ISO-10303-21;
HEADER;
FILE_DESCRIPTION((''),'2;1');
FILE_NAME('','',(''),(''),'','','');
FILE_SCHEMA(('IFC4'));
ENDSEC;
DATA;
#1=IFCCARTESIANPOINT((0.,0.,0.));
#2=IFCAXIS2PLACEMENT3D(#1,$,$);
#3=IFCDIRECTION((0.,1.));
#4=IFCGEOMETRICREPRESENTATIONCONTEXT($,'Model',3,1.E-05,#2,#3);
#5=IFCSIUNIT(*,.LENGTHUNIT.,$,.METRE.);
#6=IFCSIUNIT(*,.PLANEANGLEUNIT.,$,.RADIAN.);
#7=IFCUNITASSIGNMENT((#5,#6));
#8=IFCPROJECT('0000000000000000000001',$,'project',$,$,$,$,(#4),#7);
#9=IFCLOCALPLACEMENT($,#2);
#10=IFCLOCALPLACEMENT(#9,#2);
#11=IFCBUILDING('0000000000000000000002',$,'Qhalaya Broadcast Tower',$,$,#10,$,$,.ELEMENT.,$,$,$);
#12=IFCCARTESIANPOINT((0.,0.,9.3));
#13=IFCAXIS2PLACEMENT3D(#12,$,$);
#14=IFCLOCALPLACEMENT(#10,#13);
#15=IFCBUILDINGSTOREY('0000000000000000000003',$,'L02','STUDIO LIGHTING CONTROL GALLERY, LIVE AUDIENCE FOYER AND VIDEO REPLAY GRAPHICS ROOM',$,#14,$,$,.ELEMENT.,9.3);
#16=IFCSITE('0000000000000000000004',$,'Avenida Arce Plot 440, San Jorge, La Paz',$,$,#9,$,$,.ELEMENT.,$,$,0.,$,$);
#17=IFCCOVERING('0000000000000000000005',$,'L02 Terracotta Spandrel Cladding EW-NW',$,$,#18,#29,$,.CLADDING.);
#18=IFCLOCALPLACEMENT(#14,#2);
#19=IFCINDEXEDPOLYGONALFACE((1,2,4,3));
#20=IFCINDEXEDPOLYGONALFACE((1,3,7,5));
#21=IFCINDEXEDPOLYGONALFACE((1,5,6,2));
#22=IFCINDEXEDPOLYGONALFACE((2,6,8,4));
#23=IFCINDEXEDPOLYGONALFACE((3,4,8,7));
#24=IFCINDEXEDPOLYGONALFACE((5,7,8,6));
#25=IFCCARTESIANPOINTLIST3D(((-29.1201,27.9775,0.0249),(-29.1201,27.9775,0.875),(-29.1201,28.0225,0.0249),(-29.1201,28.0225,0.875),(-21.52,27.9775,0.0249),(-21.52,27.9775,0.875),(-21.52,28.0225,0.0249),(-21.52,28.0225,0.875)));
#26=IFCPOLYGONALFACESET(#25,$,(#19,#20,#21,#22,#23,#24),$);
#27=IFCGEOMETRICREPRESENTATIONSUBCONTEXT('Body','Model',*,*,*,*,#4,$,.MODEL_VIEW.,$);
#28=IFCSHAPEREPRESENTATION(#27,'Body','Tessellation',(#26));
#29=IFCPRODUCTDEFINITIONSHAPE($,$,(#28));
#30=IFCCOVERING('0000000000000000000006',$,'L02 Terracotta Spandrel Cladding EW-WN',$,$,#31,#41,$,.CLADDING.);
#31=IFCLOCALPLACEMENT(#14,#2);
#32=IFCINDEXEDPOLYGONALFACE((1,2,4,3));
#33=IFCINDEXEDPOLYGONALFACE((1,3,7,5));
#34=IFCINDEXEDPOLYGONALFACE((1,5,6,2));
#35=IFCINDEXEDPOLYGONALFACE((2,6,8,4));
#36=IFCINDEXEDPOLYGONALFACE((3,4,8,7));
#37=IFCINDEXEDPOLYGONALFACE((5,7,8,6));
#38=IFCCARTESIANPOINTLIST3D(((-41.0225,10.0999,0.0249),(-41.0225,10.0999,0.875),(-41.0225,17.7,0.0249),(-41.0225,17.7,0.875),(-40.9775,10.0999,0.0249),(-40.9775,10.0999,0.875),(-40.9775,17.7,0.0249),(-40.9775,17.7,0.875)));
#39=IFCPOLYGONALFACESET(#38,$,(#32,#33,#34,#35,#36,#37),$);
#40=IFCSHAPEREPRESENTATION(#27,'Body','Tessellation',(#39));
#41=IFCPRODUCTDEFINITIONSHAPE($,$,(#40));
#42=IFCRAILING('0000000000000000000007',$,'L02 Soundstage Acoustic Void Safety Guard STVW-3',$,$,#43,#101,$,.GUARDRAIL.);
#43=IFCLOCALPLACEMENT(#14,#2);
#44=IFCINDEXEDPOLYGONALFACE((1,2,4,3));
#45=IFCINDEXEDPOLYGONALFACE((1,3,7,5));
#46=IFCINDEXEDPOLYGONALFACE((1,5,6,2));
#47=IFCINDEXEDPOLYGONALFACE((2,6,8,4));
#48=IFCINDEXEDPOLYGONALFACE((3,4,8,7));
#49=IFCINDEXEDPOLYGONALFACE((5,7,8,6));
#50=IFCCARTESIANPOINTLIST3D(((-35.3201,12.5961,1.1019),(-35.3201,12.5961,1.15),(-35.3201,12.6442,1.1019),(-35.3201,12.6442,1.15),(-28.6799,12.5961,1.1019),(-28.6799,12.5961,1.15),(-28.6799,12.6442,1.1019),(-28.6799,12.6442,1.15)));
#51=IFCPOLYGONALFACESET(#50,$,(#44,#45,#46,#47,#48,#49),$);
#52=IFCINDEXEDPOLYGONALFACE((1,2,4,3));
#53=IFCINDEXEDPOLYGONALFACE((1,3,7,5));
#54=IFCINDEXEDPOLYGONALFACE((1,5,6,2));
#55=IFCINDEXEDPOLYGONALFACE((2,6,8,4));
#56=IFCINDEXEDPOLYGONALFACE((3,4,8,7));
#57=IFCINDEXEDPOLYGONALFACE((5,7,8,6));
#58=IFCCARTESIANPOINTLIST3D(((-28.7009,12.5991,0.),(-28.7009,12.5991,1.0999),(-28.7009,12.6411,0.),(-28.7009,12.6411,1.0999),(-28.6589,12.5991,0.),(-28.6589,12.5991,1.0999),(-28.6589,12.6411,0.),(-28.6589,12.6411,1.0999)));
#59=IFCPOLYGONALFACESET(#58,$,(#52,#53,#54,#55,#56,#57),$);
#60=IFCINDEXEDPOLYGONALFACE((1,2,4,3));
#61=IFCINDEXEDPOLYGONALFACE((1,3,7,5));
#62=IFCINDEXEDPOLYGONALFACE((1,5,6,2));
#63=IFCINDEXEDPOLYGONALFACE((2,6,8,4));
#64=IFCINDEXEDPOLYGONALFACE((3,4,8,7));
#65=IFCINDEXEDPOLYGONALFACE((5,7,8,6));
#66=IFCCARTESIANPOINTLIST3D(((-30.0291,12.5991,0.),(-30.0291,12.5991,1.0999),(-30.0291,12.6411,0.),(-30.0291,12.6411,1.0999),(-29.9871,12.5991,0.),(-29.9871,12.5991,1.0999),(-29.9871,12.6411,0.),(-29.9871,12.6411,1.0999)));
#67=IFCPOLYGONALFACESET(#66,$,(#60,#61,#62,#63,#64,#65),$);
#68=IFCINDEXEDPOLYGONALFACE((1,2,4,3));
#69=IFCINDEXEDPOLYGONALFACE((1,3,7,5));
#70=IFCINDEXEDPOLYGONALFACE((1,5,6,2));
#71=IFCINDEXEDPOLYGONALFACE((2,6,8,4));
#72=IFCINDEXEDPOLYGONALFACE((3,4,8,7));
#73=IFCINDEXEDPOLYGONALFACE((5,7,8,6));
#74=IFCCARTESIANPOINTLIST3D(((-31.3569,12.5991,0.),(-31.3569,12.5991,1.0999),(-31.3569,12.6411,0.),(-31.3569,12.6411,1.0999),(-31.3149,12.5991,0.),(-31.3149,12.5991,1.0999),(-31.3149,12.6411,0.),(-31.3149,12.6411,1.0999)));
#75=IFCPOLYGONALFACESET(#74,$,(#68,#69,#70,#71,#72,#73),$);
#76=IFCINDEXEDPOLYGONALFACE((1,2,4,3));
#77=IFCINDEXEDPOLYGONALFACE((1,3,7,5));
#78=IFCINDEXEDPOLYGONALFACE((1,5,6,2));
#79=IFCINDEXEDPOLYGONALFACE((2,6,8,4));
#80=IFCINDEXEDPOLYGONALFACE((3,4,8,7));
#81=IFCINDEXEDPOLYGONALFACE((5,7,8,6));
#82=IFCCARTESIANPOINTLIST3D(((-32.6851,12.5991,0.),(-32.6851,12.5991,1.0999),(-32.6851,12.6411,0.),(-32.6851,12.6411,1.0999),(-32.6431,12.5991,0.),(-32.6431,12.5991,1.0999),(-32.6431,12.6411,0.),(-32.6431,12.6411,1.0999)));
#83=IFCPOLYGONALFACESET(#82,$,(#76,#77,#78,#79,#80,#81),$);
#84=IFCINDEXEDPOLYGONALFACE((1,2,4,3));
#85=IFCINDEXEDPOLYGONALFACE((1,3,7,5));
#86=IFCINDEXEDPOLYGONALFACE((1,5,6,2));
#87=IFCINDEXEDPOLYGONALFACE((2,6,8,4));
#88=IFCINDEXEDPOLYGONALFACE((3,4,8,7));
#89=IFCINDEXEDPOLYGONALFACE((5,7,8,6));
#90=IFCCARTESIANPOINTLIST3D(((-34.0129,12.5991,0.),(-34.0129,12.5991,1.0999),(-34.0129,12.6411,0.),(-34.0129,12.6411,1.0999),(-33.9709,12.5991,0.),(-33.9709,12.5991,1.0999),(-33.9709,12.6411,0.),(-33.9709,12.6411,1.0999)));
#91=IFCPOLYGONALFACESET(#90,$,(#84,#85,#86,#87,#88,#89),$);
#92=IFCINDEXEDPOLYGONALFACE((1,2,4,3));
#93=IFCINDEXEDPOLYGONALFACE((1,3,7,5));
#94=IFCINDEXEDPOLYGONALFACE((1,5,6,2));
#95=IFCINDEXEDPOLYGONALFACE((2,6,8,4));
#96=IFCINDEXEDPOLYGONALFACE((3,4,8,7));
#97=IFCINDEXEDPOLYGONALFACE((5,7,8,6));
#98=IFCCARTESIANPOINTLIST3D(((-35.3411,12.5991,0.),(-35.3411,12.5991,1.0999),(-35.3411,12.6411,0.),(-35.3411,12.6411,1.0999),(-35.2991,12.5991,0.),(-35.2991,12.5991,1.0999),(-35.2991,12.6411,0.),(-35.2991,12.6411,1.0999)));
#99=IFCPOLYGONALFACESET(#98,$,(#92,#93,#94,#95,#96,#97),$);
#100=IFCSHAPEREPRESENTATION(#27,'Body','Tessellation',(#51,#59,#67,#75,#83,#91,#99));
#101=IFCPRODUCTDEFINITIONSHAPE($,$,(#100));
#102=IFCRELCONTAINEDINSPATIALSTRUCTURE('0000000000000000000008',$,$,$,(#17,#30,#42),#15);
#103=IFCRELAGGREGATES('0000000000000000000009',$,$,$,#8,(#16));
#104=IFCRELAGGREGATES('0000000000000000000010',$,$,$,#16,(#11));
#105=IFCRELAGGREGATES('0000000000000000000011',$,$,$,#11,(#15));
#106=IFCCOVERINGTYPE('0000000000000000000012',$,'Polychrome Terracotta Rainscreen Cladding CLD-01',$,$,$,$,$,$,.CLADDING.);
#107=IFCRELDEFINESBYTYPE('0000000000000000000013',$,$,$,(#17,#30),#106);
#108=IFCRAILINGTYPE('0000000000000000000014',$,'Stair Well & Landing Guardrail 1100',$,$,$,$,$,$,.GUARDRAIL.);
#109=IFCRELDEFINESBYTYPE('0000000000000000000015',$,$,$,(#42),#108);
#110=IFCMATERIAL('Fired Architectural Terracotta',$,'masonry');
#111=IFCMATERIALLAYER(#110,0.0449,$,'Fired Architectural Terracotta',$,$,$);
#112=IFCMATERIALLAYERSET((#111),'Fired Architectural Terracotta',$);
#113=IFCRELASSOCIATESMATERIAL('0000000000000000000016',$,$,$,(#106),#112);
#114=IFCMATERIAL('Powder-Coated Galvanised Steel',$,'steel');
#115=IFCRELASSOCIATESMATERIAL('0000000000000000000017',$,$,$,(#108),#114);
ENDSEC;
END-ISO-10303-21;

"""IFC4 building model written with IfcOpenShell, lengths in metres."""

from ifc_helpers import new_model, si_unit, direction, frame, origin, origin_2d, place, context, subcontext, project, spatial, rectangle, extrude, material, layer, layer_set, type_object, element, save


model = new_model("IFC4")

# Units and contexts
model_context = context("Model", 3, precision=1e-05, world=origin(), true_north=direction((0.0, 1.0)))
body_context = subcontext(model_context, "Body", "Model", "MODEL_VIEW")
ifc_project = project(units=[si_unit("LENGTHUNIT", "METRE"), si_unit("PLANEANGLEUNIT", "RADIAN")], contexts=[model_context])

# Site, building, storey
site_placement = place(None, origin())
site = spatial("IfcSite", under=ifc_project, at=site_placement, Name="Avenida Arce Plot 440, San Jorge, La Paz", CompositionType="ELEMENT", RefElevation=0.0)
building_placement = place(site_placement, origin())
building = spatial("IfcBuilding", under=site, at=building_placement, Name="Qhalaya Broadcast Tower", CompositionType="ELEMENT")
storey_placement = place(building_placement, frame((0.0, 0.0, 9.3)))
storey = spatial("IfcBuildingStorey", under=building, at=storey_placement, Name="L02", Description="STUDIO LIGHTING CONTROL GALLERY, LIVE AUDIENCE FOYER AND VIDEO REPLAY GRAPHICS ROOM", CompositionType="ELEMENT", Elevation=9.3)

# Coverings
ifc_material_1 = material(Name="Fired Architectural Terracotta", Category="masonry")
ifc_layer_1 = layer(ifc_material_1, 0.0449, Name="Fired Architectural Terracotta")
ifc_layer_set_1 = layer_set([ifc_layer_1], Name="Fired Architectural Terracotta")
covering_type = type_object("IfcCoveringType", Name="Polychrome Terracotta Rainscreen Cladding CLD-01", PredefinedType="CLADDING", material=ifc_layer_set_1)
for number, where, z_axis, x_axis, name in (
    (1, (-25.3201, 28.0, 0.0249), (0.0, 0.0, 1.0), (1.0, 0.0, 0.0), "L02 Terracotta Spandrel Cladding EW-NW"),
    (2, (-41.0, 13.8999, 0.0249), (0.0, 0.0, 1.0), (0.0, 1.0, 0.0), "L02 Terracotta Spandrel Cladding EW-WN"),
):
    element("IfcCovering", number, at=place(storey_placement, frame(where, z_axis=z_axis, x_axis=x_axis)), inside=storey, type_object=covering_type, Name=name, PredefinedType="CLADDING", context=body_context, shape_type="SweptSolid", body=[
        extrude(rectangle(XDim=7.6001, YDim=0.0449, at=origin_2d()), origin(), (0.0, 0.0, 1.0), 0.8501),
    ])

# Railing
ifc_material_2 = material(Name="Powder-Coated Galvanised Steel", Category="steel")
railing_type = type_object("IfcRailingType", Name="Stair Well & Landing Guardrail 1100", PredefinedType="GUARDRAIL", material=ifc_material_2)
railing_placement = place(storey_placement, frame((-28.6799, 12.6201, 0.0)))
element("IfcRailing", 3, at=railing_placement, inside=storey, type_object=railing_type, Name="L02 Soundstage Acoustic Void Safety Guard STVW-3", PredefinedType="GUARDRAIL", context=body_context, shape_type="SweptSolid", body=[
    extrude(rectangle(XDim=0.0481, YDim=0.0481, at=origin_2d()), frame((0.0, 0.0, 1.126), z_axis=(-1.0, 0.0, 0.0), x_axis=(0.0, -1.0, 0.0)), (0.0, 0.0, 1.0), 6.6401),
    extrude(rectangle(XDim=0.042, YDim=0.042, at=origin_2d()), origin(), (0.0, 0.0, 1.0), 1.0999),
    extrude(rectangle(XDim=0.042, YDim=0.042, at=origin_2d()), frame((-1.3281, 0.0, 0.0)), (0.0, 0.0, 1.0), 1.0999),
    extrude(rectangle(XDim=0.042, YDim=0.042, at=origin_2d()), frame((-2.656, 0.0, 0.0)), (0.0, 0.0, 1.0), 1.0999),
    extrude(rectangle(XDim=0.042, YDim=0.042, at=origin_2d()), frame((-3.9841, 0.0, 0.0)), (0.0, 0.0, 1.0), 1.0999),
    extrude(rectangle(XDim=0.042, YDim=0.042, at=origin_2d()), frame((-5.312, 0.0, 0.0)), (0.0, 0.0, 1.0), 1.0999),
    extrude(rectangle(XDim=0.042, YDim=0.042, at=origin_2d()), frame((-6.6401, 0.0, 0.0)), (0.0, 0.0, 1.0), 1.0999),
])

save(model, "model.ifc")
